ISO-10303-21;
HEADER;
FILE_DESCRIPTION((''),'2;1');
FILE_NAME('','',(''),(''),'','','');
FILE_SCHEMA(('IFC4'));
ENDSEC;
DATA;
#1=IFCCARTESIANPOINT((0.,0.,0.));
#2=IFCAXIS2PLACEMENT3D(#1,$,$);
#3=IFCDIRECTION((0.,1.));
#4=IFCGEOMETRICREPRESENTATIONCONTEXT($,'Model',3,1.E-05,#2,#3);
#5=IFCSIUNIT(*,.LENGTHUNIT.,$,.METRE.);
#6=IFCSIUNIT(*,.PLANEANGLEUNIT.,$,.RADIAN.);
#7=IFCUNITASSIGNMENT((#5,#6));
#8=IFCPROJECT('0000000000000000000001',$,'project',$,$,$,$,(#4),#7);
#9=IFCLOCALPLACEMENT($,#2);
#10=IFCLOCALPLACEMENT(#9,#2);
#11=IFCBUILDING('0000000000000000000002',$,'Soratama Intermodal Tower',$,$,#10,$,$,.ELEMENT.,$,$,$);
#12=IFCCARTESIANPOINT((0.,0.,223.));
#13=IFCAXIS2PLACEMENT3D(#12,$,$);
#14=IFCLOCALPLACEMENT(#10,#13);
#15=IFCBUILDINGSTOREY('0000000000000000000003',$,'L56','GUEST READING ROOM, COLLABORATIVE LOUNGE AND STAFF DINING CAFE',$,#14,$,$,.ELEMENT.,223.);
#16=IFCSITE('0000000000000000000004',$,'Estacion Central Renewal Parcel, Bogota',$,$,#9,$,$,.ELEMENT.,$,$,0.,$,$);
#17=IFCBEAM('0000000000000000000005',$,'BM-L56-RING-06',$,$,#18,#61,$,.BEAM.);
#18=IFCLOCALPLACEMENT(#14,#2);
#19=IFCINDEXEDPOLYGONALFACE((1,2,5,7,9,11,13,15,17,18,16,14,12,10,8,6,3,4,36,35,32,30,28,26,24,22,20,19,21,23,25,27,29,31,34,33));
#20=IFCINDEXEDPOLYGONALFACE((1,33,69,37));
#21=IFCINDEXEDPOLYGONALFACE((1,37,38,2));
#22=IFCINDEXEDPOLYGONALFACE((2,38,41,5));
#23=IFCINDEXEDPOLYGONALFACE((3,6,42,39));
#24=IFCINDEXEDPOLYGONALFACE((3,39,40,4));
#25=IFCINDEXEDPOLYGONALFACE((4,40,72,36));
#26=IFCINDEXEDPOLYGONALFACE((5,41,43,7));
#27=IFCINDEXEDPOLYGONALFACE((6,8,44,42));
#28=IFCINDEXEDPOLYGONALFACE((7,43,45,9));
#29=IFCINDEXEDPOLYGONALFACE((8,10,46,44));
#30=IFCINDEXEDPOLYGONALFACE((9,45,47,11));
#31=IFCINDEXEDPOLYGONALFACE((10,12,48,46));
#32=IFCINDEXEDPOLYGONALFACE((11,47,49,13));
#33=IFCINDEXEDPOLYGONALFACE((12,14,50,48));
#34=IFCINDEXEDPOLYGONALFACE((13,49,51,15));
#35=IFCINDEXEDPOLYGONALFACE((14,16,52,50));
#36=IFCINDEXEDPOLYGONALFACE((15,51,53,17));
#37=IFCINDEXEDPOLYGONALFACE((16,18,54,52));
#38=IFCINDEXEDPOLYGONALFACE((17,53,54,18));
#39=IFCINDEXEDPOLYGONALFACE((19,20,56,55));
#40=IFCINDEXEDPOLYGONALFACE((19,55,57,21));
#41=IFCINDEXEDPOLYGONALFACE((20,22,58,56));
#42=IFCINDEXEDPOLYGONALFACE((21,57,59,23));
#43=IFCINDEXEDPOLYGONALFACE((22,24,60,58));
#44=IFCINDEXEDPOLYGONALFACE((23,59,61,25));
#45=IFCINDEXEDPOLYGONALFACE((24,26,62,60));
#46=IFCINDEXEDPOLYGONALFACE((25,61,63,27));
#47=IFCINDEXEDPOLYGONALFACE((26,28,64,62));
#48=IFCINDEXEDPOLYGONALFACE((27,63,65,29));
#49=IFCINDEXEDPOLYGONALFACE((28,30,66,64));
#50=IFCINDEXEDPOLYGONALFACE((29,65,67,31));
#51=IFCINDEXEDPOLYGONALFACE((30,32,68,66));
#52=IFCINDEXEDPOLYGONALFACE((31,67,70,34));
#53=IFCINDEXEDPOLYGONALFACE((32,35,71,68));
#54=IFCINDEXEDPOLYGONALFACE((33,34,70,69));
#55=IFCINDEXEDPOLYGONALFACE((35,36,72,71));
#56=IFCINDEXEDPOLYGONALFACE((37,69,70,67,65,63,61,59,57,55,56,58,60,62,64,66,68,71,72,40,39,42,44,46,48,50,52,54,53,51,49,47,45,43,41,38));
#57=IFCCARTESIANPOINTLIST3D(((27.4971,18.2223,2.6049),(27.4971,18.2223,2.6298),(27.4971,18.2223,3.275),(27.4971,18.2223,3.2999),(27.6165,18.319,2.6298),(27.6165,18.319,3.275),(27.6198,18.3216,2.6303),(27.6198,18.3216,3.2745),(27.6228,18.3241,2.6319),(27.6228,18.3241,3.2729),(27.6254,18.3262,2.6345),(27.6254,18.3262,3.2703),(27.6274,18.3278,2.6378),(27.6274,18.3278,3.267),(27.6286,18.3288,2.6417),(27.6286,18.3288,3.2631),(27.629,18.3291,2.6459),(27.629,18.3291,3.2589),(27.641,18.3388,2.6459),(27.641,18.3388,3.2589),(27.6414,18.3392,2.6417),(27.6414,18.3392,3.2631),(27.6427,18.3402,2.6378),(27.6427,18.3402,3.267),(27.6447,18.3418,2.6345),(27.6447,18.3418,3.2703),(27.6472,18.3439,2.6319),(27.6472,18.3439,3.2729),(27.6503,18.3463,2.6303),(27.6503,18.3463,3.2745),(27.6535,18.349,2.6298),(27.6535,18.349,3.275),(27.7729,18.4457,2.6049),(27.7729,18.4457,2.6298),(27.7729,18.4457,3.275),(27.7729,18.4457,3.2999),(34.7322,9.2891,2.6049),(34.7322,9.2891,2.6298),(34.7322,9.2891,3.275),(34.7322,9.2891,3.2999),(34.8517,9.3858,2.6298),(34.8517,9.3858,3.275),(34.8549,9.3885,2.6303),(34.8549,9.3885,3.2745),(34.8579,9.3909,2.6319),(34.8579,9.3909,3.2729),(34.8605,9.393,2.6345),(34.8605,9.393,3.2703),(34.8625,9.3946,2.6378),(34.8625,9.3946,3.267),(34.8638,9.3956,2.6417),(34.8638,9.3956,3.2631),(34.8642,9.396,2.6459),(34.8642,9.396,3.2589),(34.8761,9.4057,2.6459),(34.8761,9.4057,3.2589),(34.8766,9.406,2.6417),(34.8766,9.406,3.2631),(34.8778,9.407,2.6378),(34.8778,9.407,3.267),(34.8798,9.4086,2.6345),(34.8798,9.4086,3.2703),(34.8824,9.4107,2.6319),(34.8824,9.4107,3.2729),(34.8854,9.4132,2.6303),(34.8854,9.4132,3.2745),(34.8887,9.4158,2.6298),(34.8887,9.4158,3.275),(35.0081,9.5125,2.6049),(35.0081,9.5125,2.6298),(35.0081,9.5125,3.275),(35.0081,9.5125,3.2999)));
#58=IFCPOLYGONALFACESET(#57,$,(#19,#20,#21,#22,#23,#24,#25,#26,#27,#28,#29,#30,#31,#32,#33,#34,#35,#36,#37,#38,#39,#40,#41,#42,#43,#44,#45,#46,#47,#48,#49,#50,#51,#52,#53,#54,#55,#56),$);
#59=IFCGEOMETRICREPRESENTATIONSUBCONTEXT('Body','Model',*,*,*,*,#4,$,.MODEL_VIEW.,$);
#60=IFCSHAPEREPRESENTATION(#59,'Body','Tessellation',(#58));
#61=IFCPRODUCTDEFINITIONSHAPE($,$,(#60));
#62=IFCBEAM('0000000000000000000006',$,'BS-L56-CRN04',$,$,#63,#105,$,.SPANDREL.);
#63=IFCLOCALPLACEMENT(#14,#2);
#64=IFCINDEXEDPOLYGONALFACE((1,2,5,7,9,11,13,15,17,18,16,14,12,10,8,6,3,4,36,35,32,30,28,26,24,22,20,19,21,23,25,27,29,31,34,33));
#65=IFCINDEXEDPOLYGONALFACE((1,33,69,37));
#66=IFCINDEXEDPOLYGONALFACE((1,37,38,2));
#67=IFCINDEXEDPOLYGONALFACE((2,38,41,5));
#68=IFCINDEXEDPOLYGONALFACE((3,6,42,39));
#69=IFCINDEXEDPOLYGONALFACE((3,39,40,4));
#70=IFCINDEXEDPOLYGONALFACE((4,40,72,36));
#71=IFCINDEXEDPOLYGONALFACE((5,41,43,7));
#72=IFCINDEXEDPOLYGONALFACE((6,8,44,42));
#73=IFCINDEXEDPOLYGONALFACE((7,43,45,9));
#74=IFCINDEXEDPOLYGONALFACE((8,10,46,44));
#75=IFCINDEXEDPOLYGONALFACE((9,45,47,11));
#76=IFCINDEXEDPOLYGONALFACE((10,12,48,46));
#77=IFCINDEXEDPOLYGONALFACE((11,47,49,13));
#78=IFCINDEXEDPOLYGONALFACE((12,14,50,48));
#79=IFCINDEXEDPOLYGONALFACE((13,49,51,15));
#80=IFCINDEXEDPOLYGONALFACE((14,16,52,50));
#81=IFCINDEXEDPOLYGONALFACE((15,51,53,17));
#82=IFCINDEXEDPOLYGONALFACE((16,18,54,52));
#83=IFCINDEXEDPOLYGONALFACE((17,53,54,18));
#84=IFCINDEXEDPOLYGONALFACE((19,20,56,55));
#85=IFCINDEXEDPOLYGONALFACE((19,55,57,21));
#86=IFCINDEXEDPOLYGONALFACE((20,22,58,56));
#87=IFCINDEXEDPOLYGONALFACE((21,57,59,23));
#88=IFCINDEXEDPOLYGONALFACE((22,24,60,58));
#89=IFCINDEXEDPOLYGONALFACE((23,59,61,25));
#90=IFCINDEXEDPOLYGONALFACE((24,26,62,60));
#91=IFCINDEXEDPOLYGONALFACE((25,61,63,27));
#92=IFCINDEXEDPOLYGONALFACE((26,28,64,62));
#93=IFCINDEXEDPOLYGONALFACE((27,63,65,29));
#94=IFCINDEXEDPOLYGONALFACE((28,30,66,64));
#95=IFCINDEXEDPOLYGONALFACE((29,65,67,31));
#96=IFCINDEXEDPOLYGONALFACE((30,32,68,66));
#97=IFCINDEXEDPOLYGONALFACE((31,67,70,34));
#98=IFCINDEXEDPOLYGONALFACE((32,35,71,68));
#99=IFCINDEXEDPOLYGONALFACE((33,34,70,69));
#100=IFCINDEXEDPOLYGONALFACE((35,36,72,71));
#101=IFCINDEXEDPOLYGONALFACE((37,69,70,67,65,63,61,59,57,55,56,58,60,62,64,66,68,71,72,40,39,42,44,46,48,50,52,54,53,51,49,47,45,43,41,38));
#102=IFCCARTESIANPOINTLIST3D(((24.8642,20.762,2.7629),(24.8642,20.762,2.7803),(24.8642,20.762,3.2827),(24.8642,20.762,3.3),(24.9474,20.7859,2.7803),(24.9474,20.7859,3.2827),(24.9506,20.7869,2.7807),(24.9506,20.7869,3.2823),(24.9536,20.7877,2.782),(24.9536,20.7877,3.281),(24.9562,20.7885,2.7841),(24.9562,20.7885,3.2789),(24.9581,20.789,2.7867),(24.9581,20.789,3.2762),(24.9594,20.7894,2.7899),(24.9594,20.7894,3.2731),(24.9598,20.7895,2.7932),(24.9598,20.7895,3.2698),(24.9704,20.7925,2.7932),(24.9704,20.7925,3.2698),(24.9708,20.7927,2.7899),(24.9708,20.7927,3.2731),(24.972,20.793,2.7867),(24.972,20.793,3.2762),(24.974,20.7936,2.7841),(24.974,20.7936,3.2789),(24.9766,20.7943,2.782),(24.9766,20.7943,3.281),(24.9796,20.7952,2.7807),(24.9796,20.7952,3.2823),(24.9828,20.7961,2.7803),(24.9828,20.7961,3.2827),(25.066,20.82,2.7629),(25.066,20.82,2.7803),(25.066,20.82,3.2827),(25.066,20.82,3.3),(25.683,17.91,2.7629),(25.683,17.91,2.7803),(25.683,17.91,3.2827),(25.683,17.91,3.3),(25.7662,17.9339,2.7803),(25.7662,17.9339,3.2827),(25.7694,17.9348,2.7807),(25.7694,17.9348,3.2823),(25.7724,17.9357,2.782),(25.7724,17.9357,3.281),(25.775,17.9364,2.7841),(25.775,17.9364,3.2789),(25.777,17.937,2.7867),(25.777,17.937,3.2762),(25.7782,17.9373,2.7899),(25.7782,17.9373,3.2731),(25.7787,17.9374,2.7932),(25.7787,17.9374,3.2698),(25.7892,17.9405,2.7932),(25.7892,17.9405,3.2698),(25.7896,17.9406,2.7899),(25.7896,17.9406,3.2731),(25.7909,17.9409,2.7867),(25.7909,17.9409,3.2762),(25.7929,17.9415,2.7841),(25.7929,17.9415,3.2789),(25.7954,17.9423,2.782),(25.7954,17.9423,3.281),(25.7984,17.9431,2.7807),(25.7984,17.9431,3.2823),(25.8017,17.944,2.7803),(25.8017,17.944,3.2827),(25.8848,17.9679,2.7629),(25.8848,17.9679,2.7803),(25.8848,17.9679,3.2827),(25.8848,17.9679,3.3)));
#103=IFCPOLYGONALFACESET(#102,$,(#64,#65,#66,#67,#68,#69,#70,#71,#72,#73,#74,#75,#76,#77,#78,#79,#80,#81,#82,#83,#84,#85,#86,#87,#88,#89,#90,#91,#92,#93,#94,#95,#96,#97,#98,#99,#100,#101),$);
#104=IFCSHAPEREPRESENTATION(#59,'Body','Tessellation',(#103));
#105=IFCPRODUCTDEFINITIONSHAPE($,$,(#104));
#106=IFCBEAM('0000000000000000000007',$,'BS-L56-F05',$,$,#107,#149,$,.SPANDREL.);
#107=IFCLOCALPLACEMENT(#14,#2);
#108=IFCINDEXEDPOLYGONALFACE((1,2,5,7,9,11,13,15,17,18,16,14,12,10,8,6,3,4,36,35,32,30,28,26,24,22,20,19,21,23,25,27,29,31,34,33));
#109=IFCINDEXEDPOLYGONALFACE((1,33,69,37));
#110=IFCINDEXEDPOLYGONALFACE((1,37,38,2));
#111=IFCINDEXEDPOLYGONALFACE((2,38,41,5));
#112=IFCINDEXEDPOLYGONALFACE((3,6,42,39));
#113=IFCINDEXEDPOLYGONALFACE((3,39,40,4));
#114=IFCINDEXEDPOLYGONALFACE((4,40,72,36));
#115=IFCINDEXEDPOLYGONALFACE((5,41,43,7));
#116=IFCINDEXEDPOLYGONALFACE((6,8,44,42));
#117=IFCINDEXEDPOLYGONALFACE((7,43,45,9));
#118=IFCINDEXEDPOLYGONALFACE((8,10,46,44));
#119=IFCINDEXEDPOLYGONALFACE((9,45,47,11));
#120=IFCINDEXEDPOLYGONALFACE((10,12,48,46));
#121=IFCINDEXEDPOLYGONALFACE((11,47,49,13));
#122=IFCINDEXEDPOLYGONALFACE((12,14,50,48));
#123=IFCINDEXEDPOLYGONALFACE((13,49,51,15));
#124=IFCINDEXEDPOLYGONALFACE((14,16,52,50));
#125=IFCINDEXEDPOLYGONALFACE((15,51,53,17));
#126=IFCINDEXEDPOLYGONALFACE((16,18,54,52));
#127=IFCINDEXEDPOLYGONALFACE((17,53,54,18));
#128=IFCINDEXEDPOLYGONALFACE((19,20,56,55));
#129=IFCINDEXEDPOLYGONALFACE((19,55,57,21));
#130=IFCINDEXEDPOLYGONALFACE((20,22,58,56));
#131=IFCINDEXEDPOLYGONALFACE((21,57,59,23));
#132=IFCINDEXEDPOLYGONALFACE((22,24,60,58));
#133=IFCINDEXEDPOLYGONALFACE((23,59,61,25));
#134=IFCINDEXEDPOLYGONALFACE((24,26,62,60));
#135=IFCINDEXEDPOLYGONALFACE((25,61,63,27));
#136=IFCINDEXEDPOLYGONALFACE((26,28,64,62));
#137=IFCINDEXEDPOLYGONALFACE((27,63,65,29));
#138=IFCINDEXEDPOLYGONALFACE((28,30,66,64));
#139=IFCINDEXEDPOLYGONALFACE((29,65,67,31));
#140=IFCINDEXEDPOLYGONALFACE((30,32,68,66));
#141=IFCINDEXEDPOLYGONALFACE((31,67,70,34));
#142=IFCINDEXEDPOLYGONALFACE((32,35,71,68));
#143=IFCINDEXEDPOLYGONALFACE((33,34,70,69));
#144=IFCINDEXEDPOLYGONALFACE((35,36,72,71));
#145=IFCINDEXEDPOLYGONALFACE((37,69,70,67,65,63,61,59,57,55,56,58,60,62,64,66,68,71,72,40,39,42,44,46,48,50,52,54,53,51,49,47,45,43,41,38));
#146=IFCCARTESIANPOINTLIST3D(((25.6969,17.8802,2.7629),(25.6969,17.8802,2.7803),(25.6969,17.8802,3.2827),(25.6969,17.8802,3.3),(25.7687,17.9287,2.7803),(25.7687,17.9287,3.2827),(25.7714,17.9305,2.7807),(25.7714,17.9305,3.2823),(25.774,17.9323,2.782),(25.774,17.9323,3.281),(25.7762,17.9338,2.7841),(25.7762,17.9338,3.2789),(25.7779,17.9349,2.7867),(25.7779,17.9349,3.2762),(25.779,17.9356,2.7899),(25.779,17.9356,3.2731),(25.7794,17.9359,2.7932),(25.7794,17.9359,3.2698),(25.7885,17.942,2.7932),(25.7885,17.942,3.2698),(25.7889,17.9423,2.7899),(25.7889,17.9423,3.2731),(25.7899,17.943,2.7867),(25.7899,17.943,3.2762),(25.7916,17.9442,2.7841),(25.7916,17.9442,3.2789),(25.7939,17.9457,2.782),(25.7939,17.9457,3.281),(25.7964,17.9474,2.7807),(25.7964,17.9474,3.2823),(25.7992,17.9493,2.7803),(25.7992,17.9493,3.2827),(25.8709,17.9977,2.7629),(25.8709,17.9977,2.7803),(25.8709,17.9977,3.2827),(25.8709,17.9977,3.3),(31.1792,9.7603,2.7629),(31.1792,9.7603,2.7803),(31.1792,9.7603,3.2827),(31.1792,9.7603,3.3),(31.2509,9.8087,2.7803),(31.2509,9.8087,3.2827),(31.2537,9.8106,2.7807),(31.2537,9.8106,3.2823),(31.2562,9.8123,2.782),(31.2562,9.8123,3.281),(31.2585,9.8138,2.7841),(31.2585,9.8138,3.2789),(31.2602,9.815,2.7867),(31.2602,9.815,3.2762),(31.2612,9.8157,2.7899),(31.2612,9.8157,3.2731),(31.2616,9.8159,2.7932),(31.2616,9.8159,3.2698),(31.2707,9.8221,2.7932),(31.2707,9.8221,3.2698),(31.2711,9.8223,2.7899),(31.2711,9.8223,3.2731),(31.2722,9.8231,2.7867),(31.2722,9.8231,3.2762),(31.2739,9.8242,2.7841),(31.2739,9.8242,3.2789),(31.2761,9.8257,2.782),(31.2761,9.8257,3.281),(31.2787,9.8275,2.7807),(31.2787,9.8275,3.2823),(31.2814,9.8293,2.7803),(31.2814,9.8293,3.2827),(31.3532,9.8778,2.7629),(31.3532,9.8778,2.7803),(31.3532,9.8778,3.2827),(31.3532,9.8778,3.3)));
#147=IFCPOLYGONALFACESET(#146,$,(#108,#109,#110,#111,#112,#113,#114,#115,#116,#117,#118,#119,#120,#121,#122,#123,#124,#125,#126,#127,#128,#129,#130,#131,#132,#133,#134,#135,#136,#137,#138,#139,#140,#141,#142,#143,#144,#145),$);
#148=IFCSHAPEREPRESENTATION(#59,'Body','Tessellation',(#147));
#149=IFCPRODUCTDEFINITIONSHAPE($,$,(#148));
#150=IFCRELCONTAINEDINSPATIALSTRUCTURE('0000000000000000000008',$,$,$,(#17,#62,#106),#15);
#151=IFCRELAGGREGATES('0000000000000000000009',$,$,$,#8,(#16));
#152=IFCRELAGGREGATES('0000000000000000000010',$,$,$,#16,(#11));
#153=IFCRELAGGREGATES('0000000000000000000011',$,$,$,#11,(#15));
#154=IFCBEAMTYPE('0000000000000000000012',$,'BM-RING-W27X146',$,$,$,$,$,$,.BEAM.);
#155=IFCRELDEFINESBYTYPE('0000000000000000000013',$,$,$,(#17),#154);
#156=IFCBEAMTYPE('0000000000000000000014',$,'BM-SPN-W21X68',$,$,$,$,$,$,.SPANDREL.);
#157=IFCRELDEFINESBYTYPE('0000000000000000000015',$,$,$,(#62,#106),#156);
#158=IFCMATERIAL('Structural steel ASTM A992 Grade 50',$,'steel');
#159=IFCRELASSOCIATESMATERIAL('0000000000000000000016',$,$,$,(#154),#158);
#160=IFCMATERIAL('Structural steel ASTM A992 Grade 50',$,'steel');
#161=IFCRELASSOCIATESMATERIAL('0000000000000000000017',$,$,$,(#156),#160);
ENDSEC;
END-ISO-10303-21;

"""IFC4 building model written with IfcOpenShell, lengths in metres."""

from ifc_helpers import new_model, si_unit, direction, frame, origin, origin_2d, place, context, subcontext, project, spatial, i_section, extrude, material, material_profile, profile_set, type_object, element, save


model = new_model("IFC4")

# Units and contexts
model_context = context("Model", 3, precision=1e-05, world=origin(), true_north=direction((0.0, 1.0)))
body_context = subcontext(model_context, "Body", "Model", "MODEL_VIEW")
ifc_project = project(units=[si_unit("LENGTHUNIT", "METRE"), si_unit("PLANEANGLEUNIT", "RADIAN")], contexts=[model_context])

# Site, building, storey
site_placement = place(None, origin())
site = spatial("IfcSite", under=ifc_project, at=site_placement, Name="Estacion Central Renewal Parcel, Bogota", CompositionType="ELEMENT", RefElevation=0.0)
building_placement = place(site_placement, origin())
building = spatial("IfcBuilding", under=site, at=building_placement, Name="Soratama Intermodal Tower", CompositionType="ELEMENT")
storey_placement = place(building_placement, frame((0.0, 0.0, 223.0)))
storey = spatial("IfcBuildingStorey", under=building, at=storey_placement, Name="L56", Description="GUEST READING ROOM, COLLABORATIVE LOUNGE AND STAFF DINING CAFE", CompositionType="ELEMENT", Elevation=223.0)

# Beams
ifc_material_1 = material(Name="Structural steel ASTM A992 Grade 50", Category="steel")
ifc_material_profile_1 = material_profile(ifc_material_1, i_section(OverallWidth=0.355, OverallDepth=0.6951, WebThickness=0.0154, FlangeThickness=0.0249, FilletRadius=0.0161, at=origin_2d()), Name="W27X146")
ifc_profile_set_1 = profile_set([ifc_material_profile_1], Name="Structural steel ASTM A992 Grade 50")
beam_type_1 = type_object("IfcBeamType", Name="BM-RING-W27X146", PredefinedType="BEAM", material=ifc_profile_set_1)
beam_1_placement = place(storey_placement, frame((27.635, 18.334, 2.9524), z_axis=(0.629385, -0.777094, 0.0), x_axis=(0.777094, 0.629385, 0.0)))
element("IfcBeam", 1, at=beam_1_placement, inside=storey, type_object=beam_type_1, Name="BM-L56-RING-06", PredefinedType="BEAM", context=body_context, shape_type="SweptSolid", body=[
    extrude(i_section(OverallWidth=0.355, OverallDepth=0.6951, WebThickness=0.0154, FlangeThickness=0.0249, FilletRadius=0.0161, at=origin_2d()), origin(), (0.0, 0.0, 1.0), 11.4956),
])
ifc_material_2 = material(Name="Structural steel ASTM A992 Grade 50", Category="steel")
ifc_material_profile_2 = material_profile(ifc_material_2, i_section(OverallWidth=0.21, OverallDepth=0.5371, WebThickness=0.011, FlangeThickness=0.0173, FilletRadius=0.0129, at=origin_2d()), Name="W21X68")
ifc_profile_set_2 = profile_set([ifc_material_profile_2], Name="Structural steel ASTM A992 Grade 50")
beam_type_2 = type_object("IfcBeamType", Name="BM-SPN-W21X68", PredefinedType="SPANDREL", material=ifc_profile_set_2)
beam_2_placement = place(storey_placement, frame((24.9651, 20.791, 3.0315), z_axis=(0.27596, -0.961169, 0.0), x_axis=(0.961169, 0.27596, 0.0)))
element("IfcBeam", 2, at=beam_2_placement, inside=storey, type_object=beam_type_2, Name="BS-L56-CRN04", PredefinedType="SPANDREL", context=body_context, shape_type="SweptSolid", body=[
    extrude(i_section(OverallWidth=0.21, OverallDepth=0.5371, WebThickness=0.011, FlangeThickness=0.0173, FilletRadius=0.0129, at=origin_2d()), origin(), (0.0, 0.0, 1.0), 2.9673),
])
beam_3_placement = place(storey_placement, frame((25.7839, 17.939, 3.0315), z_axis=(0.559561, -0.828789, 0.0), x_axis=(0.828789, 0.559561, 0.0)))
element("IfcBeam", 3, at=beam_3_placement, inside=storey, type_object=beam_type_2, Name="BS-L56-F05", PredefinedType="SPANDREL", context=body_context, shape_type="SweptSolid", body=[
    extrude(i_section(OverallWidth=0.21, OverallDepth=0.5371, WebThickness=0.011, FlangeThickness=0.0173, FilletRadius=0.0129, at=origin_2d()), origin(), (0.0, 0.0, 1.0), 9.7974),
])

save(model, "model.ifc")
